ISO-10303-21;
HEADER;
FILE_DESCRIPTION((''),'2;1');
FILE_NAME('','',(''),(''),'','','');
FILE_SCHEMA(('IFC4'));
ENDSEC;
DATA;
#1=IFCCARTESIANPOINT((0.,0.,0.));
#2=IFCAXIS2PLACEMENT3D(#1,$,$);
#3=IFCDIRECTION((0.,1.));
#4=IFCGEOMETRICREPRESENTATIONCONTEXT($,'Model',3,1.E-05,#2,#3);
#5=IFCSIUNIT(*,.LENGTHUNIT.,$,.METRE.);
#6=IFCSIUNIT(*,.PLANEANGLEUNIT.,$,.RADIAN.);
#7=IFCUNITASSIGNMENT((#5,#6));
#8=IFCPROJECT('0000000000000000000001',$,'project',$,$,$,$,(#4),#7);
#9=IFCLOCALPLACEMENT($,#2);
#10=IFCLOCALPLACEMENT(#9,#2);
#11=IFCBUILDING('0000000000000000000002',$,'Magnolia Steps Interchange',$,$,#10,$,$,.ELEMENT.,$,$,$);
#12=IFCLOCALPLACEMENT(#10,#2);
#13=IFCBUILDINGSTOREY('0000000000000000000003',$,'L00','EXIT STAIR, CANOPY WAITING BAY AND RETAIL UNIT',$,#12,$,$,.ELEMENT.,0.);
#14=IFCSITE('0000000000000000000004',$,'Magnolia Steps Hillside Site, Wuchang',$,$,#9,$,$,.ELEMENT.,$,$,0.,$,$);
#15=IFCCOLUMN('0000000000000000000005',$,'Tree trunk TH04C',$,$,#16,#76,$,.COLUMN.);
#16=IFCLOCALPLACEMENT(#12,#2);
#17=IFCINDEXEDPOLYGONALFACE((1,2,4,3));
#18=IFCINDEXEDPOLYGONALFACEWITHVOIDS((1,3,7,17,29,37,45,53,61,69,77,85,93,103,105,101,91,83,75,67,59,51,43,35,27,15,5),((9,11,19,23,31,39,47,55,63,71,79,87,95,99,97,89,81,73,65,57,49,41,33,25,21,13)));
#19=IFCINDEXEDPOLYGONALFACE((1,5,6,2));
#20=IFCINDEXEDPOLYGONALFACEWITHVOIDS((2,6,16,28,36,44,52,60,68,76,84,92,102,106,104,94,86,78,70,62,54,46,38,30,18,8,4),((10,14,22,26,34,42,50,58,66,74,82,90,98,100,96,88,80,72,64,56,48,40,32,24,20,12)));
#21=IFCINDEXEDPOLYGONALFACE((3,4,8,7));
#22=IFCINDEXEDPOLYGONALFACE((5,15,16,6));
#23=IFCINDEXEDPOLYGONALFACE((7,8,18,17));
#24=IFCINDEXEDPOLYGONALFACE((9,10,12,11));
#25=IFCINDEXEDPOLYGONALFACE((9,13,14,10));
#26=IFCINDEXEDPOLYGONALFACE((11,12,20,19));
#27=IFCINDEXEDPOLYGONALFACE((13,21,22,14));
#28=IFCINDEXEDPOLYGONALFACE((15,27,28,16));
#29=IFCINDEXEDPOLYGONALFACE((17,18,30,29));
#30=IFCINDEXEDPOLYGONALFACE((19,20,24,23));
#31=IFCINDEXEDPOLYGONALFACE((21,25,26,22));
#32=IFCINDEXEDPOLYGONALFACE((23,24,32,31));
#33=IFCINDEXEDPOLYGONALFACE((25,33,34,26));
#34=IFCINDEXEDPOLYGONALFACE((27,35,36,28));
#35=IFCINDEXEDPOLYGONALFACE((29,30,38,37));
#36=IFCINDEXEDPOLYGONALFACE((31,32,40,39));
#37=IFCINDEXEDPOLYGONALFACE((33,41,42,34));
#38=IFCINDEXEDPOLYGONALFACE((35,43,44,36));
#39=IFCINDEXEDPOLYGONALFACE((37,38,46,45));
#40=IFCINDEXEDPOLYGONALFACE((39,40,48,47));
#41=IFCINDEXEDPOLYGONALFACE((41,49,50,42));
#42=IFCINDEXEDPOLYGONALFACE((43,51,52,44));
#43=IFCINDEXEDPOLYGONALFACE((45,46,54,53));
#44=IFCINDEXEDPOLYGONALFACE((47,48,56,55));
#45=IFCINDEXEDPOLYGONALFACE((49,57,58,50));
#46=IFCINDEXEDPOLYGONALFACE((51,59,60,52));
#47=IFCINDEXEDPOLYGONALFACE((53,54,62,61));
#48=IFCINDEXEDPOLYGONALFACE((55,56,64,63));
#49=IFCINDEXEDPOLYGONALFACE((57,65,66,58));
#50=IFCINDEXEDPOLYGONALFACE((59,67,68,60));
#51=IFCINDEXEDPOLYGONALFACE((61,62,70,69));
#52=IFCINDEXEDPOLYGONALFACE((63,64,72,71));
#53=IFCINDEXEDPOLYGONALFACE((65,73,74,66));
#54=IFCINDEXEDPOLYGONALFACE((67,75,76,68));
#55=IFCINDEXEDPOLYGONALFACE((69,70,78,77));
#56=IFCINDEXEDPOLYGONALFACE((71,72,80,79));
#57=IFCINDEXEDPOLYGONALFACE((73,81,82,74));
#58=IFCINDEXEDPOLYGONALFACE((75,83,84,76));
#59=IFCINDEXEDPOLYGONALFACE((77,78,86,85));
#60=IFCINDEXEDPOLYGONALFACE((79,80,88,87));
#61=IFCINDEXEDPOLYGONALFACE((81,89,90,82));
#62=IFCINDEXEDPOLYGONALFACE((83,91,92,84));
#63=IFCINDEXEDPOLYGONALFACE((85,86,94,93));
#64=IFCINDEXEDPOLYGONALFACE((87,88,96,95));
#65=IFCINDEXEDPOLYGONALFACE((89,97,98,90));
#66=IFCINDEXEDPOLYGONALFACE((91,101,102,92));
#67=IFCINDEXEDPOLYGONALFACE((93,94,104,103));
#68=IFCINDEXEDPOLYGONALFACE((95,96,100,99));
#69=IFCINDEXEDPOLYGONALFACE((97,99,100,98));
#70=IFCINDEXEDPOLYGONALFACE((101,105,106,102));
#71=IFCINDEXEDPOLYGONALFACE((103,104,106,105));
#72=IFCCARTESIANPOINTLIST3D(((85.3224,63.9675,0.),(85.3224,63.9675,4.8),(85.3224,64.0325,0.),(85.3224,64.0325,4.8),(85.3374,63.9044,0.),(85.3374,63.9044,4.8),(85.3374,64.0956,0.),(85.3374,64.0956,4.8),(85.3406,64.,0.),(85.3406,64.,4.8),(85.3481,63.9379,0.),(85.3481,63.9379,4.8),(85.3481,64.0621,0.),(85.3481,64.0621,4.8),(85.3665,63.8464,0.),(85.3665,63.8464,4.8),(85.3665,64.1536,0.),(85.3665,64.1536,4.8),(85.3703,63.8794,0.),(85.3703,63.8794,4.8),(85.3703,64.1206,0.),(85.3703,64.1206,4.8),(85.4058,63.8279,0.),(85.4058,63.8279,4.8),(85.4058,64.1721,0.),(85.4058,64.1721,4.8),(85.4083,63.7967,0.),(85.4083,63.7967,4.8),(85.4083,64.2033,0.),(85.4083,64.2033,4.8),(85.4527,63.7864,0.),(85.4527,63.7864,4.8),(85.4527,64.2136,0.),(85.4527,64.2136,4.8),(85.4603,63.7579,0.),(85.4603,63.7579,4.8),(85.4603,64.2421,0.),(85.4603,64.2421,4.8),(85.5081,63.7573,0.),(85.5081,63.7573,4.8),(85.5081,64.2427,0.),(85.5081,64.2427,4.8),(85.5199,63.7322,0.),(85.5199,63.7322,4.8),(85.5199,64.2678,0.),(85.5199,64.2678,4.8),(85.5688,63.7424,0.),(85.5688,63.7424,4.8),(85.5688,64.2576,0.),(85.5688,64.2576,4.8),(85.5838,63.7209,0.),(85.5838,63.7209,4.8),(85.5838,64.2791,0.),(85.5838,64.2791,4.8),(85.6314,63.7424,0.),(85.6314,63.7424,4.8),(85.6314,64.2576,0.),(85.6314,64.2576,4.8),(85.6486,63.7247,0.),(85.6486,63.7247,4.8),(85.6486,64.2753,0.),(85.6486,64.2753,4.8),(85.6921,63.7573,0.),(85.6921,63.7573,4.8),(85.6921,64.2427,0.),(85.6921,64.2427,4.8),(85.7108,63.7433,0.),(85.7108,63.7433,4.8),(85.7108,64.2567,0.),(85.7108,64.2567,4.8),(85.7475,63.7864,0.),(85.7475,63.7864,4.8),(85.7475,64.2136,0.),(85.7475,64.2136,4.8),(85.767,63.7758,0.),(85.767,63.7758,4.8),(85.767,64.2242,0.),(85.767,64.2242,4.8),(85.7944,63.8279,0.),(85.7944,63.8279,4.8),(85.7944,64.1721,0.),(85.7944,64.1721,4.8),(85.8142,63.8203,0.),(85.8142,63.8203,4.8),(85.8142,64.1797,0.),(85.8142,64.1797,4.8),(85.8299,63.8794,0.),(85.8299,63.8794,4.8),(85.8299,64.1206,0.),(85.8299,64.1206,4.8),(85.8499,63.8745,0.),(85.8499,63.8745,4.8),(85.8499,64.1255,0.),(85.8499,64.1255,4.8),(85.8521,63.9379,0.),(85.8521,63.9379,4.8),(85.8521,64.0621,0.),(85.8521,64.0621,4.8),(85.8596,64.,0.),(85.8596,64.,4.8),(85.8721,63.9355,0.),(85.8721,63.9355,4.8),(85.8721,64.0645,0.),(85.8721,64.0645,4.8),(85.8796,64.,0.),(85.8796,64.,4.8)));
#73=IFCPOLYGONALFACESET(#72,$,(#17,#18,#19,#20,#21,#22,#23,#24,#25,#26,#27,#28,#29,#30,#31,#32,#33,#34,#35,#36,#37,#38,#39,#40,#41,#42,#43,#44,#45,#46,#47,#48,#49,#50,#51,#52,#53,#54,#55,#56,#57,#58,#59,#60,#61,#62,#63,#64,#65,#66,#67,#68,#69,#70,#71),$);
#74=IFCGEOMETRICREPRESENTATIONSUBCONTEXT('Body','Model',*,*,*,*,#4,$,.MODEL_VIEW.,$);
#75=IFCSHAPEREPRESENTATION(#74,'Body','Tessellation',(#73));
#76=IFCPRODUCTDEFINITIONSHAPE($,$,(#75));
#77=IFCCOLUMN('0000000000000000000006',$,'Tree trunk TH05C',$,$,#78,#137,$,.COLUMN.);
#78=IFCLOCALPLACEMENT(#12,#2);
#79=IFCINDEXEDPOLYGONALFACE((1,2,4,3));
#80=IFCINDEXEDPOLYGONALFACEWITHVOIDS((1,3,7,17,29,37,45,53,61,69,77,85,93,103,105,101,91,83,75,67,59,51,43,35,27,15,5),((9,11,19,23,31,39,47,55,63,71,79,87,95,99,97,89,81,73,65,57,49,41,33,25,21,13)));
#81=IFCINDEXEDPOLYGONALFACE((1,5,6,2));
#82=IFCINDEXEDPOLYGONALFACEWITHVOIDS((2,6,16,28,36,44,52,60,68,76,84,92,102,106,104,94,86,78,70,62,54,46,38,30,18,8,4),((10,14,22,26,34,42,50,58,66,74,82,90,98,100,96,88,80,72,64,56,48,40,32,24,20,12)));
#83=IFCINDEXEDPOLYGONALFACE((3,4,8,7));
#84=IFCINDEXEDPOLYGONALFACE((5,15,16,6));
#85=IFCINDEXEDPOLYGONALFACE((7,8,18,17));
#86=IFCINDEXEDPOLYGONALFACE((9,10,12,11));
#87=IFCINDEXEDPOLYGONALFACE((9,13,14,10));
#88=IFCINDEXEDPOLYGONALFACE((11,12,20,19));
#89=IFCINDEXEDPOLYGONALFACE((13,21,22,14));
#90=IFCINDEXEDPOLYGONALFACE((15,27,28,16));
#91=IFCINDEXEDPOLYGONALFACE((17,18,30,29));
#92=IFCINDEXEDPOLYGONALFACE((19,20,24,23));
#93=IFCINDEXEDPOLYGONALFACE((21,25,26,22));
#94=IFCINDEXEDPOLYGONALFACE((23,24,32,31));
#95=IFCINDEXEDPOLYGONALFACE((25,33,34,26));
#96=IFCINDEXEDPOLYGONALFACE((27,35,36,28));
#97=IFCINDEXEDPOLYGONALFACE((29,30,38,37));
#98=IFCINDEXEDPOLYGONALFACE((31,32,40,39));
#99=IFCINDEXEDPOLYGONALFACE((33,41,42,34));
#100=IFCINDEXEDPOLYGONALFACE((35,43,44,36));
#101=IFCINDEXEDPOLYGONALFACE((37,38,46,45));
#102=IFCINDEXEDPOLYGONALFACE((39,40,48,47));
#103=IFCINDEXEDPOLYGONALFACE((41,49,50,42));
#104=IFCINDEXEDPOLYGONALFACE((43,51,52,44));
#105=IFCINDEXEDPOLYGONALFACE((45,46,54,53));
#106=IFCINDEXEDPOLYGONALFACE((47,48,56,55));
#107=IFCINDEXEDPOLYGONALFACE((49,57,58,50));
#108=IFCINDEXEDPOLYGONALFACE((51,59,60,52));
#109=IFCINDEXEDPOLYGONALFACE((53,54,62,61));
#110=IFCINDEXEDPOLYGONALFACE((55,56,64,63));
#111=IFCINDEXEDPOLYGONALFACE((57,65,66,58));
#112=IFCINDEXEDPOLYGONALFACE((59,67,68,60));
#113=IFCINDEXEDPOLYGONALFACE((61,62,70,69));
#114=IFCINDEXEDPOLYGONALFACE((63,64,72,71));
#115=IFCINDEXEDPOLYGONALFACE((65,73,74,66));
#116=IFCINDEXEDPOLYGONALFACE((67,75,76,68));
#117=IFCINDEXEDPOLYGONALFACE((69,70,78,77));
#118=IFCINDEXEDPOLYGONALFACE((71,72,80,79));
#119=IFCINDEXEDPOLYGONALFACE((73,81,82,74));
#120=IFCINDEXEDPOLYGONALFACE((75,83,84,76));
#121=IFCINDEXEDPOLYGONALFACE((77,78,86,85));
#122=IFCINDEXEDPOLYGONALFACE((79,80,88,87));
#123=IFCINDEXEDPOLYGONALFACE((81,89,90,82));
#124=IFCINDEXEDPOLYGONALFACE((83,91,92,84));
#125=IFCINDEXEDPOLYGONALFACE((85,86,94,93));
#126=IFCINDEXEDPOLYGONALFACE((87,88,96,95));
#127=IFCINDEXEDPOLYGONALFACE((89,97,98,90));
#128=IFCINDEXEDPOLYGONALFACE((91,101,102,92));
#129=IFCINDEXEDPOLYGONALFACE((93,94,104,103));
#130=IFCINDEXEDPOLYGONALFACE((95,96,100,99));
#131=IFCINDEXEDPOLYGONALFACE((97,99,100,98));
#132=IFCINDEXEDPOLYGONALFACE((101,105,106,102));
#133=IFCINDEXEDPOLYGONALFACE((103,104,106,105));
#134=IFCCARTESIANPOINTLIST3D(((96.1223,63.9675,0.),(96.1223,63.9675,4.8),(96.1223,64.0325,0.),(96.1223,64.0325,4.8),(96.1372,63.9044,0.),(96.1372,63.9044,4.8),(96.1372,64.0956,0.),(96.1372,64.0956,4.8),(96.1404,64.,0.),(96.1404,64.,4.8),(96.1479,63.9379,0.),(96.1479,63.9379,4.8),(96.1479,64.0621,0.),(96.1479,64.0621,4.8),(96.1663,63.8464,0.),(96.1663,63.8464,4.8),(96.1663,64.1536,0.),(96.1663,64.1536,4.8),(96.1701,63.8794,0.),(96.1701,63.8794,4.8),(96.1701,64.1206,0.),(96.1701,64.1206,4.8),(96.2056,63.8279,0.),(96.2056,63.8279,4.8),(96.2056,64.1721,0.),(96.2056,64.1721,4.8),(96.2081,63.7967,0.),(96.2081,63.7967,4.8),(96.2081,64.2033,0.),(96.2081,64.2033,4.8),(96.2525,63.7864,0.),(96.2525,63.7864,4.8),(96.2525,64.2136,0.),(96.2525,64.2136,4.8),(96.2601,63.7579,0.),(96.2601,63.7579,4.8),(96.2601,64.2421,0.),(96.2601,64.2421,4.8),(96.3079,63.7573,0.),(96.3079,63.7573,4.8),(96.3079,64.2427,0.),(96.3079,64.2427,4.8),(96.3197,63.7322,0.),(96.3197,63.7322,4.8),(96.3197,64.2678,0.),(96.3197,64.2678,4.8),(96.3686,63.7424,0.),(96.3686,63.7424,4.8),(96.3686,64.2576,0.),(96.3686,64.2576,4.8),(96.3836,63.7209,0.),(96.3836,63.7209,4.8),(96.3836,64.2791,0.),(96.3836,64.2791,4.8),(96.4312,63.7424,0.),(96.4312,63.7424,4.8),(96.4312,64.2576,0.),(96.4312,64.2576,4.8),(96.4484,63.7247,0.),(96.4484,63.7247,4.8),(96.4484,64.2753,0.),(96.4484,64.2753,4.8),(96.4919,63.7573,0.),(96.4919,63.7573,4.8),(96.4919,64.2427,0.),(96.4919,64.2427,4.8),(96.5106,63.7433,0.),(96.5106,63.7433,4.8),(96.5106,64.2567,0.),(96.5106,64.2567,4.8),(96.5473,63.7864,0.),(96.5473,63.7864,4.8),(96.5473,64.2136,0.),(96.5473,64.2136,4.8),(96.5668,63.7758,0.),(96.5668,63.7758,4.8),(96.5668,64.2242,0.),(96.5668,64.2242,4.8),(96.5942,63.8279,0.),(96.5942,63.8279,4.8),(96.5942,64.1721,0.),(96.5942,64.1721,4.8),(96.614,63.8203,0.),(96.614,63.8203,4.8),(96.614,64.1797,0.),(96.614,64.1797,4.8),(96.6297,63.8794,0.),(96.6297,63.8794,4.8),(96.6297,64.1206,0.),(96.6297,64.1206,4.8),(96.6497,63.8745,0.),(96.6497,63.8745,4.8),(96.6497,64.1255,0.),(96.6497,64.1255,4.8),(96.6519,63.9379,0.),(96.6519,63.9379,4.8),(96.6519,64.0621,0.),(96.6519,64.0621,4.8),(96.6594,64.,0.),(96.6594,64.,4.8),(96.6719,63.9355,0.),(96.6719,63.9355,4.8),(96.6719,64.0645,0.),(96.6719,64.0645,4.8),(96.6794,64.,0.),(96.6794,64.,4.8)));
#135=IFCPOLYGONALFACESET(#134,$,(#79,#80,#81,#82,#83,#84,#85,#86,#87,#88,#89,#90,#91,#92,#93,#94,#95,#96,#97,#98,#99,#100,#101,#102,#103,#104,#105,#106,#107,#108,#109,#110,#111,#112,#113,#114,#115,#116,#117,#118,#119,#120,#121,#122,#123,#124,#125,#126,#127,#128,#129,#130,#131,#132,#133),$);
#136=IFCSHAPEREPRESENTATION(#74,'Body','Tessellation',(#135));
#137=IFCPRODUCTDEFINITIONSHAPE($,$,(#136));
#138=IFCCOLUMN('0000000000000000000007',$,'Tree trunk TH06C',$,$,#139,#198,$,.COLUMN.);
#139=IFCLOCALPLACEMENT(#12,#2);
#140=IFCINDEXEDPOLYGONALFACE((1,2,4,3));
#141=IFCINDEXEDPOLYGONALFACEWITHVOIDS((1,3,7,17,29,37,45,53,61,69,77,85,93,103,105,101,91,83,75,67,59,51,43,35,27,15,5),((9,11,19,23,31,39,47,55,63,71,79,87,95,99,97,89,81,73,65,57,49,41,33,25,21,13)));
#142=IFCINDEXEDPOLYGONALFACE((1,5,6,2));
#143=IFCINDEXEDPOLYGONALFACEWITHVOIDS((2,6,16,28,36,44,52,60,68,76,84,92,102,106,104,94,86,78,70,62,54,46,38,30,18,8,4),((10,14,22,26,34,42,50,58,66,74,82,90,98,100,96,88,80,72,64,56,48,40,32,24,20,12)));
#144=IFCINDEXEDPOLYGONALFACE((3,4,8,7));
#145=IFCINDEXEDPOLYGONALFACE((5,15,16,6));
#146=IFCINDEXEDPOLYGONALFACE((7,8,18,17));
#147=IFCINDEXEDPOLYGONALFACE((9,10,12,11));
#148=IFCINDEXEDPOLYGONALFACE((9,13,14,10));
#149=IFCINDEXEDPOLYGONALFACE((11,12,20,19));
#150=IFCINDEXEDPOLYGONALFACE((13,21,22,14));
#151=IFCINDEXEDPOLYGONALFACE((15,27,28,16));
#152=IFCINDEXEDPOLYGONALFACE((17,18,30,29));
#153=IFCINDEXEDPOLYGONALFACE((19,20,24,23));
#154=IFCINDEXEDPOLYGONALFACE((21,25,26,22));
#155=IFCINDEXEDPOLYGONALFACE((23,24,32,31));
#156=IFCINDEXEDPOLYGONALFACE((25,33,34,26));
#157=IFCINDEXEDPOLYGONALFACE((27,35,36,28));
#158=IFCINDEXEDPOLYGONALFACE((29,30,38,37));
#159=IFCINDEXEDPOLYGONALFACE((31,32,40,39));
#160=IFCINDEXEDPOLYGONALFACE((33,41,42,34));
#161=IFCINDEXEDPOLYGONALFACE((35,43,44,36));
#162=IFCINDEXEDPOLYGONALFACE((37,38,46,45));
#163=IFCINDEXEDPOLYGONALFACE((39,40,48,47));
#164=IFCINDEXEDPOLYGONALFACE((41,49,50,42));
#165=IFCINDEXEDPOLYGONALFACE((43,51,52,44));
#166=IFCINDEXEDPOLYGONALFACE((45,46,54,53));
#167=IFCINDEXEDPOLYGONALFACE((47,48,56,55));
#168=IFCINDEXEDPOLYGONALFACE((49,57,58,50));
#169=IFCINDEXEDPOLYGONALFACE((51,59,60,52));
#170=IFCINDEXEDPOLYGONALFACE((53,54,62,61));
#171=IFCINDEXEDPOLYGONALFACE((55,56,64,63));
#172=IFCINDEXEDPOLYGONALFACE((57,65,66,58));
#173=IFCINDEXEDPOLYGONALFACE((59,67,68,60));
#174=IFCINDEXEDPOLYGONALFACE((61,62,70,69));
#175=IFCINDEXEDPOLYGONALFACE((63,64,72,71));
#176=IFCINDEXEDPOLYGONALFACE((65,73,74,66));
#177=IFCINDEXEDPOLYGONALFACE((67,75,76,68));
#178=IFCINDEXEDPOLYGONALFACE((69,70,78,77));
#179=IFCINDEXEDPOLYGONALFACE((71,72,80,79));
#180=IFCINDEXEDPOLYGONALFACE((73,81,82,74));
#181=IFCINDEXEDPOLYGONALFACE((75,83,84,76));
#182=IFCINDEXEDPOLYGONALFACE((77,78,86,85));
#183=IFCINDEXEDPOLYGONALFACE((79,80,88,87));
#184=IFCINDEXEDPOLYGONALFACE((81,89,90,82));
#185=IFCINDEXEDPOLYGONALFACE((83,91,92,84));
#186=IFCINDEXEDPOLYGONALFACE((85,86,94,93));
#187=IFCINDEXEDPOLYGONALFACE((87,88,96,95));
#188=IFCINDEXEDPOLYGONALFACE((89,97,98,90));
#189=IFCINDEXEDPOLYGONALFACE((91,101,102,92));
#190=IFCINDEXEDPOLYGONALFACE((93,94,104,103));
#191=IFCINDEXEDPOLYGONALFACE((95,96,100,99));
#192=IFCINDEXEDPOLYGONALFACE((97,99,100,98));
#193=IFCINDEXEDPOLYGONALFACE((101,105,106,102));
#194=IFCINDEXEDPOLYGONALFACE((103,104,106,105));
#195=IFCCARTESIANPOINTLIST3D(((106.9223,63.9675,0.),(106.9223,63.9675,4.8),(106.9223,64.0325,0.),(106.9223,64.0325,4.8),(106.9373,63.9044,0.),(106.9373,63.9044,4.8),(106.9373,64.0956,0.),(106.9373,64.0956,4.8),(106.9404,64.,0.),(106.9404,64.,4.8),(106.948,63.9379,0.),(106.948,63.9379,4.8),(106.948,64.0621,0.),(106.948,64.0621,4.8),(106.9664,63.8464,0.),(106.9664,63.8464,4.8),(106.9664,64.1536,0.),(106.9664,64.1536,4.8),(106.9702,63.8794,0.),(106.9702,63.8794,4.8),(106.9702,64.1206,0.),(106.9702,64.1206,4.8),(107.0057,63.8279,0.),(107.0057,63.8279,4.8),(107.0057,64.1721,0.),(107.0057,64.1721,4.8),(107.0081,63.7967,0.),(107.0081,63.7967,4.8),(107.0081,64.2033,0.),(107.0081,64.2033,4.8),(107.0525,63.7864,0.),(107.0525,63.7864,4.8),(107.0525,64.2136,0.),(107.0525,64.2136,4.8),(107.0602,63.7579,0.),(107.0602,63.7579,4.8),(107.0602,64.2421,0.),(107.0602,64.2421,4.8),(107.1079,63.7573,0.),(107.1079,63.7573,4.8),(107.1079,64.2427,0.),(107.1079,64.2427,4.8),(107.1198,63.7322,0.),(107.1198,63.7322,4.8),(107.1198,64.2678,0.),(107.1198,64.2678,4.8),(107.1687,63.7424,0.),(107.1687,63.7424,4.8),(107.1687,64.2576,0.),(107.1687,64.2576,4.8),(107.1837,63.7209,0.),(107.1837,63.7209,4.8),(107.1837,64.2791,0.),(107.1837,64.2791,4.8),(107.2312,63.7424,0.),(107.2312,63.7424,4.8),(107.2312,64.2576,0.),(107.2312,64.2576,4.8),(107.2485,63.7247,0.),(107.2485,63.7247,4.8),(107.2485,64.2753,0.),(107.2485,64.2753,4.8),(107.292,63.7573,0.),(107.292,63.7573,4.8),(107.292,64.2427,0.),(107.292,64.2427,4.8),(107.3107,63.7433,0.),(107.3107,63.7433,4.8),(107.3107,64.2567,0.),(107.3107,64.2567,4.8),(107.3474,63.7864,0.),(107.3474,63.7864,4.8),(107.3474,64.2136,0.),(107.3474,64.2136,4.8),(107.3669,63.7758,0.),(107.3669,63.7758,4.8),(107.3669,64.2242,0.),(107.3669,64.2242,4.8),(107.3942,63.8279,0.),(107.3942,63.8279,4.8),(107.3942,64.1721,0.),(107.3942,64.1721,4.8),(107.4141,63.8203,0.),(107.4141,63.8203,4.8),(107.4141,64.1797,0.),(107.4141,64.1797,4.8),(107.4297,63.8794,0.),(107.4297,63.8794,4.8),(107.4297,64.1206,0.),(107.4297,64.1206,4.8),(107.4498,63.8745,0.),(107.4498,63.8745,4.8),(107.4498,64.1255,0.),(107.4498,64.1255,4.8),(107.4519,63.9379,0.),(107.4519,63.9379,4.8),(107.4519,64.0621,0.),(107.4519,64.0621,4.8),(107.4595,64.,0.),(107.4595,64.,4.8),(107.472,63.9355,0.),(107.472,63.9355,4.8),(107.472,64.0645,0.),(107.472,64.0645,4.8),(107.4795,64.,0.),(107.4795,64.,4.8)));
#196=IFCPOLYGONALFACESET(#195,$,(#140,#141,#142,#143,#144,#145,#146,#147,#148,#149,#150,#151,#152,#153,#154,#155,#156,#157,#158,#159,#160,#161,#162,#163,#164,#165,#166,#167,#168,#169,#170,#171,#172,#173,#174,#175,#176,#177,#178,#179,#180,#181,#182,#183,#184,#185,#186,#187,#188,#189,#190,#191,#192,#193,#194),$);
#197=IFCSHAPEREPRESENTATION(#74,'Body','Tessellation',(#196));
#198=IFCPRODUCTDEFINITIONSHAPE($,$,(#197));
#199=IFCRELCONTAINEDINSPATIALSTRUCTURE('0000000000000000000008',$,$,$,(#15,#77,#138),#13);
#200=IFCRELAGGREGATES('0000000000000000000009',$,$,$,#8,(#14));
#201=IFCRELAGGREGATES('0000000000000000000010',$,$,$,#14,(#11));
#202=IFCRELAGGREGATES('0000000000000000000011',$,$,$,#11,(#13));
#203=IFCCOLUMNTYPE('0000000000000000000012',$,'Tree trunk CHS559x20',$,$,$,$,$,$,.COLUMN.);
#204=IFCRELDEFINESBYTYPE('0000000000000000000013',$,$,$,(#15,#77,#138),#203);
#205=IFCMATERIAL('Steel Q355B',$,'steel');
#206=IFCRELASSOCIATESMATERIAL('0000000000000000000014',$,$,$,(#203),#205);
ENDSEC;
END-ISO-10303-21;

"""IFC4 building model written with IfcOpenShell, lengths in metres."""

from ifc_helpers import new_model, si_unit, direction, frame, origin, origin_2d, place, context, subcontext, project, spatial, hollow_circle, extrude, material, material_profile, profile_set, type_object, element, save


model = new_model("IFC4")

# Units and contexts
model_context = context("Model", 3, precision=1e-05, world=origin(), true_north=direction((0.0, 1.0)))
body_context = subcontext(model_context, "Body", "Model", "MODEL_VIEW")
ifc_project = project(units=[si_unit("LENGTHUNIT", "METRE"), si_unit("PLANEANGLEUNIT", "RADIAN")], contexts=[model_context])

# Site, building, storey
site_placement = place(None, origin())
site = spatial("IfcSite", under=ifc_project, at=site_placement, Name="Magnolia Steps Hillside Site, Wuchang", CompositionType="ELEMENT", RefElevation=0.0)
building_placement = place(site_placement, origin())
building = spatial("IfcBuilding", under=site, at=building_placement, Name="Magnolia Steps Interchange", CompositionType="ELEMENT")
storey_placement = place(building_placement, origin())
storey = spatial("IfcBuildingStorey", under=building, at=storey_placement, Name="L00", Description="EXIT STAIR, CANOPY WAITING BAY AND RETAIL UNIT", CompositionType="ELEMENT", Elevation=0.0)

# Columns
ifc_material_1 = material(Name="Steel Q355B", Category="steel")
ifc_material_profile_1 = material_profile(ifc_material_1, hollow_circle(Radius=0.2795, WallThickness=0.02, at=origin_2d()), Name="CHS559x20")
ifc_profile_set_1 = profile_set([ifc_material_profile_1], Name="Steel Q355B")
column_type_1 = type_object("IfcColumnType", Name="Tree trunk CHS559x20", PredefinedType="COLUMN", material=ifc_profile_set_1)
for number, where, z_axis, x_axis, name in (
    (1, (85.6001, 64.0, 0.0), (0.0, 0.0, 1.0), (1.0, 0.0, 0.0), "Tree trunk TH04C"),
    (2, (96.3999, 64.0, 0.0), (0.0, 0.0, 1.0), (1.0, 0.0, 0.0), "Tree trunk TH05C"),
    (3, (107.2, 64.0, 0.0), (0.0, 0.0, 1.0), (1.0, 0.0, 0.0), "Tree trunk TH06C"),
):
    element("IfcColumn", number, at=place(storey_placement, frame(where, z_axis=z_axis, x_axis=x_axis)), inside=storey, type_object=column_type_1, Name=name, PredefinedType="COLUMN", context=body_context, shape_type="SweptSolid", body=[
        extrude(hollow_circle(Radius=0.2795, WallThickness=0.02, at=origin_2d()), origin(), (0.0, 0.0, 1.0), 4.8),
    ])

save(model, "model.ifc")
